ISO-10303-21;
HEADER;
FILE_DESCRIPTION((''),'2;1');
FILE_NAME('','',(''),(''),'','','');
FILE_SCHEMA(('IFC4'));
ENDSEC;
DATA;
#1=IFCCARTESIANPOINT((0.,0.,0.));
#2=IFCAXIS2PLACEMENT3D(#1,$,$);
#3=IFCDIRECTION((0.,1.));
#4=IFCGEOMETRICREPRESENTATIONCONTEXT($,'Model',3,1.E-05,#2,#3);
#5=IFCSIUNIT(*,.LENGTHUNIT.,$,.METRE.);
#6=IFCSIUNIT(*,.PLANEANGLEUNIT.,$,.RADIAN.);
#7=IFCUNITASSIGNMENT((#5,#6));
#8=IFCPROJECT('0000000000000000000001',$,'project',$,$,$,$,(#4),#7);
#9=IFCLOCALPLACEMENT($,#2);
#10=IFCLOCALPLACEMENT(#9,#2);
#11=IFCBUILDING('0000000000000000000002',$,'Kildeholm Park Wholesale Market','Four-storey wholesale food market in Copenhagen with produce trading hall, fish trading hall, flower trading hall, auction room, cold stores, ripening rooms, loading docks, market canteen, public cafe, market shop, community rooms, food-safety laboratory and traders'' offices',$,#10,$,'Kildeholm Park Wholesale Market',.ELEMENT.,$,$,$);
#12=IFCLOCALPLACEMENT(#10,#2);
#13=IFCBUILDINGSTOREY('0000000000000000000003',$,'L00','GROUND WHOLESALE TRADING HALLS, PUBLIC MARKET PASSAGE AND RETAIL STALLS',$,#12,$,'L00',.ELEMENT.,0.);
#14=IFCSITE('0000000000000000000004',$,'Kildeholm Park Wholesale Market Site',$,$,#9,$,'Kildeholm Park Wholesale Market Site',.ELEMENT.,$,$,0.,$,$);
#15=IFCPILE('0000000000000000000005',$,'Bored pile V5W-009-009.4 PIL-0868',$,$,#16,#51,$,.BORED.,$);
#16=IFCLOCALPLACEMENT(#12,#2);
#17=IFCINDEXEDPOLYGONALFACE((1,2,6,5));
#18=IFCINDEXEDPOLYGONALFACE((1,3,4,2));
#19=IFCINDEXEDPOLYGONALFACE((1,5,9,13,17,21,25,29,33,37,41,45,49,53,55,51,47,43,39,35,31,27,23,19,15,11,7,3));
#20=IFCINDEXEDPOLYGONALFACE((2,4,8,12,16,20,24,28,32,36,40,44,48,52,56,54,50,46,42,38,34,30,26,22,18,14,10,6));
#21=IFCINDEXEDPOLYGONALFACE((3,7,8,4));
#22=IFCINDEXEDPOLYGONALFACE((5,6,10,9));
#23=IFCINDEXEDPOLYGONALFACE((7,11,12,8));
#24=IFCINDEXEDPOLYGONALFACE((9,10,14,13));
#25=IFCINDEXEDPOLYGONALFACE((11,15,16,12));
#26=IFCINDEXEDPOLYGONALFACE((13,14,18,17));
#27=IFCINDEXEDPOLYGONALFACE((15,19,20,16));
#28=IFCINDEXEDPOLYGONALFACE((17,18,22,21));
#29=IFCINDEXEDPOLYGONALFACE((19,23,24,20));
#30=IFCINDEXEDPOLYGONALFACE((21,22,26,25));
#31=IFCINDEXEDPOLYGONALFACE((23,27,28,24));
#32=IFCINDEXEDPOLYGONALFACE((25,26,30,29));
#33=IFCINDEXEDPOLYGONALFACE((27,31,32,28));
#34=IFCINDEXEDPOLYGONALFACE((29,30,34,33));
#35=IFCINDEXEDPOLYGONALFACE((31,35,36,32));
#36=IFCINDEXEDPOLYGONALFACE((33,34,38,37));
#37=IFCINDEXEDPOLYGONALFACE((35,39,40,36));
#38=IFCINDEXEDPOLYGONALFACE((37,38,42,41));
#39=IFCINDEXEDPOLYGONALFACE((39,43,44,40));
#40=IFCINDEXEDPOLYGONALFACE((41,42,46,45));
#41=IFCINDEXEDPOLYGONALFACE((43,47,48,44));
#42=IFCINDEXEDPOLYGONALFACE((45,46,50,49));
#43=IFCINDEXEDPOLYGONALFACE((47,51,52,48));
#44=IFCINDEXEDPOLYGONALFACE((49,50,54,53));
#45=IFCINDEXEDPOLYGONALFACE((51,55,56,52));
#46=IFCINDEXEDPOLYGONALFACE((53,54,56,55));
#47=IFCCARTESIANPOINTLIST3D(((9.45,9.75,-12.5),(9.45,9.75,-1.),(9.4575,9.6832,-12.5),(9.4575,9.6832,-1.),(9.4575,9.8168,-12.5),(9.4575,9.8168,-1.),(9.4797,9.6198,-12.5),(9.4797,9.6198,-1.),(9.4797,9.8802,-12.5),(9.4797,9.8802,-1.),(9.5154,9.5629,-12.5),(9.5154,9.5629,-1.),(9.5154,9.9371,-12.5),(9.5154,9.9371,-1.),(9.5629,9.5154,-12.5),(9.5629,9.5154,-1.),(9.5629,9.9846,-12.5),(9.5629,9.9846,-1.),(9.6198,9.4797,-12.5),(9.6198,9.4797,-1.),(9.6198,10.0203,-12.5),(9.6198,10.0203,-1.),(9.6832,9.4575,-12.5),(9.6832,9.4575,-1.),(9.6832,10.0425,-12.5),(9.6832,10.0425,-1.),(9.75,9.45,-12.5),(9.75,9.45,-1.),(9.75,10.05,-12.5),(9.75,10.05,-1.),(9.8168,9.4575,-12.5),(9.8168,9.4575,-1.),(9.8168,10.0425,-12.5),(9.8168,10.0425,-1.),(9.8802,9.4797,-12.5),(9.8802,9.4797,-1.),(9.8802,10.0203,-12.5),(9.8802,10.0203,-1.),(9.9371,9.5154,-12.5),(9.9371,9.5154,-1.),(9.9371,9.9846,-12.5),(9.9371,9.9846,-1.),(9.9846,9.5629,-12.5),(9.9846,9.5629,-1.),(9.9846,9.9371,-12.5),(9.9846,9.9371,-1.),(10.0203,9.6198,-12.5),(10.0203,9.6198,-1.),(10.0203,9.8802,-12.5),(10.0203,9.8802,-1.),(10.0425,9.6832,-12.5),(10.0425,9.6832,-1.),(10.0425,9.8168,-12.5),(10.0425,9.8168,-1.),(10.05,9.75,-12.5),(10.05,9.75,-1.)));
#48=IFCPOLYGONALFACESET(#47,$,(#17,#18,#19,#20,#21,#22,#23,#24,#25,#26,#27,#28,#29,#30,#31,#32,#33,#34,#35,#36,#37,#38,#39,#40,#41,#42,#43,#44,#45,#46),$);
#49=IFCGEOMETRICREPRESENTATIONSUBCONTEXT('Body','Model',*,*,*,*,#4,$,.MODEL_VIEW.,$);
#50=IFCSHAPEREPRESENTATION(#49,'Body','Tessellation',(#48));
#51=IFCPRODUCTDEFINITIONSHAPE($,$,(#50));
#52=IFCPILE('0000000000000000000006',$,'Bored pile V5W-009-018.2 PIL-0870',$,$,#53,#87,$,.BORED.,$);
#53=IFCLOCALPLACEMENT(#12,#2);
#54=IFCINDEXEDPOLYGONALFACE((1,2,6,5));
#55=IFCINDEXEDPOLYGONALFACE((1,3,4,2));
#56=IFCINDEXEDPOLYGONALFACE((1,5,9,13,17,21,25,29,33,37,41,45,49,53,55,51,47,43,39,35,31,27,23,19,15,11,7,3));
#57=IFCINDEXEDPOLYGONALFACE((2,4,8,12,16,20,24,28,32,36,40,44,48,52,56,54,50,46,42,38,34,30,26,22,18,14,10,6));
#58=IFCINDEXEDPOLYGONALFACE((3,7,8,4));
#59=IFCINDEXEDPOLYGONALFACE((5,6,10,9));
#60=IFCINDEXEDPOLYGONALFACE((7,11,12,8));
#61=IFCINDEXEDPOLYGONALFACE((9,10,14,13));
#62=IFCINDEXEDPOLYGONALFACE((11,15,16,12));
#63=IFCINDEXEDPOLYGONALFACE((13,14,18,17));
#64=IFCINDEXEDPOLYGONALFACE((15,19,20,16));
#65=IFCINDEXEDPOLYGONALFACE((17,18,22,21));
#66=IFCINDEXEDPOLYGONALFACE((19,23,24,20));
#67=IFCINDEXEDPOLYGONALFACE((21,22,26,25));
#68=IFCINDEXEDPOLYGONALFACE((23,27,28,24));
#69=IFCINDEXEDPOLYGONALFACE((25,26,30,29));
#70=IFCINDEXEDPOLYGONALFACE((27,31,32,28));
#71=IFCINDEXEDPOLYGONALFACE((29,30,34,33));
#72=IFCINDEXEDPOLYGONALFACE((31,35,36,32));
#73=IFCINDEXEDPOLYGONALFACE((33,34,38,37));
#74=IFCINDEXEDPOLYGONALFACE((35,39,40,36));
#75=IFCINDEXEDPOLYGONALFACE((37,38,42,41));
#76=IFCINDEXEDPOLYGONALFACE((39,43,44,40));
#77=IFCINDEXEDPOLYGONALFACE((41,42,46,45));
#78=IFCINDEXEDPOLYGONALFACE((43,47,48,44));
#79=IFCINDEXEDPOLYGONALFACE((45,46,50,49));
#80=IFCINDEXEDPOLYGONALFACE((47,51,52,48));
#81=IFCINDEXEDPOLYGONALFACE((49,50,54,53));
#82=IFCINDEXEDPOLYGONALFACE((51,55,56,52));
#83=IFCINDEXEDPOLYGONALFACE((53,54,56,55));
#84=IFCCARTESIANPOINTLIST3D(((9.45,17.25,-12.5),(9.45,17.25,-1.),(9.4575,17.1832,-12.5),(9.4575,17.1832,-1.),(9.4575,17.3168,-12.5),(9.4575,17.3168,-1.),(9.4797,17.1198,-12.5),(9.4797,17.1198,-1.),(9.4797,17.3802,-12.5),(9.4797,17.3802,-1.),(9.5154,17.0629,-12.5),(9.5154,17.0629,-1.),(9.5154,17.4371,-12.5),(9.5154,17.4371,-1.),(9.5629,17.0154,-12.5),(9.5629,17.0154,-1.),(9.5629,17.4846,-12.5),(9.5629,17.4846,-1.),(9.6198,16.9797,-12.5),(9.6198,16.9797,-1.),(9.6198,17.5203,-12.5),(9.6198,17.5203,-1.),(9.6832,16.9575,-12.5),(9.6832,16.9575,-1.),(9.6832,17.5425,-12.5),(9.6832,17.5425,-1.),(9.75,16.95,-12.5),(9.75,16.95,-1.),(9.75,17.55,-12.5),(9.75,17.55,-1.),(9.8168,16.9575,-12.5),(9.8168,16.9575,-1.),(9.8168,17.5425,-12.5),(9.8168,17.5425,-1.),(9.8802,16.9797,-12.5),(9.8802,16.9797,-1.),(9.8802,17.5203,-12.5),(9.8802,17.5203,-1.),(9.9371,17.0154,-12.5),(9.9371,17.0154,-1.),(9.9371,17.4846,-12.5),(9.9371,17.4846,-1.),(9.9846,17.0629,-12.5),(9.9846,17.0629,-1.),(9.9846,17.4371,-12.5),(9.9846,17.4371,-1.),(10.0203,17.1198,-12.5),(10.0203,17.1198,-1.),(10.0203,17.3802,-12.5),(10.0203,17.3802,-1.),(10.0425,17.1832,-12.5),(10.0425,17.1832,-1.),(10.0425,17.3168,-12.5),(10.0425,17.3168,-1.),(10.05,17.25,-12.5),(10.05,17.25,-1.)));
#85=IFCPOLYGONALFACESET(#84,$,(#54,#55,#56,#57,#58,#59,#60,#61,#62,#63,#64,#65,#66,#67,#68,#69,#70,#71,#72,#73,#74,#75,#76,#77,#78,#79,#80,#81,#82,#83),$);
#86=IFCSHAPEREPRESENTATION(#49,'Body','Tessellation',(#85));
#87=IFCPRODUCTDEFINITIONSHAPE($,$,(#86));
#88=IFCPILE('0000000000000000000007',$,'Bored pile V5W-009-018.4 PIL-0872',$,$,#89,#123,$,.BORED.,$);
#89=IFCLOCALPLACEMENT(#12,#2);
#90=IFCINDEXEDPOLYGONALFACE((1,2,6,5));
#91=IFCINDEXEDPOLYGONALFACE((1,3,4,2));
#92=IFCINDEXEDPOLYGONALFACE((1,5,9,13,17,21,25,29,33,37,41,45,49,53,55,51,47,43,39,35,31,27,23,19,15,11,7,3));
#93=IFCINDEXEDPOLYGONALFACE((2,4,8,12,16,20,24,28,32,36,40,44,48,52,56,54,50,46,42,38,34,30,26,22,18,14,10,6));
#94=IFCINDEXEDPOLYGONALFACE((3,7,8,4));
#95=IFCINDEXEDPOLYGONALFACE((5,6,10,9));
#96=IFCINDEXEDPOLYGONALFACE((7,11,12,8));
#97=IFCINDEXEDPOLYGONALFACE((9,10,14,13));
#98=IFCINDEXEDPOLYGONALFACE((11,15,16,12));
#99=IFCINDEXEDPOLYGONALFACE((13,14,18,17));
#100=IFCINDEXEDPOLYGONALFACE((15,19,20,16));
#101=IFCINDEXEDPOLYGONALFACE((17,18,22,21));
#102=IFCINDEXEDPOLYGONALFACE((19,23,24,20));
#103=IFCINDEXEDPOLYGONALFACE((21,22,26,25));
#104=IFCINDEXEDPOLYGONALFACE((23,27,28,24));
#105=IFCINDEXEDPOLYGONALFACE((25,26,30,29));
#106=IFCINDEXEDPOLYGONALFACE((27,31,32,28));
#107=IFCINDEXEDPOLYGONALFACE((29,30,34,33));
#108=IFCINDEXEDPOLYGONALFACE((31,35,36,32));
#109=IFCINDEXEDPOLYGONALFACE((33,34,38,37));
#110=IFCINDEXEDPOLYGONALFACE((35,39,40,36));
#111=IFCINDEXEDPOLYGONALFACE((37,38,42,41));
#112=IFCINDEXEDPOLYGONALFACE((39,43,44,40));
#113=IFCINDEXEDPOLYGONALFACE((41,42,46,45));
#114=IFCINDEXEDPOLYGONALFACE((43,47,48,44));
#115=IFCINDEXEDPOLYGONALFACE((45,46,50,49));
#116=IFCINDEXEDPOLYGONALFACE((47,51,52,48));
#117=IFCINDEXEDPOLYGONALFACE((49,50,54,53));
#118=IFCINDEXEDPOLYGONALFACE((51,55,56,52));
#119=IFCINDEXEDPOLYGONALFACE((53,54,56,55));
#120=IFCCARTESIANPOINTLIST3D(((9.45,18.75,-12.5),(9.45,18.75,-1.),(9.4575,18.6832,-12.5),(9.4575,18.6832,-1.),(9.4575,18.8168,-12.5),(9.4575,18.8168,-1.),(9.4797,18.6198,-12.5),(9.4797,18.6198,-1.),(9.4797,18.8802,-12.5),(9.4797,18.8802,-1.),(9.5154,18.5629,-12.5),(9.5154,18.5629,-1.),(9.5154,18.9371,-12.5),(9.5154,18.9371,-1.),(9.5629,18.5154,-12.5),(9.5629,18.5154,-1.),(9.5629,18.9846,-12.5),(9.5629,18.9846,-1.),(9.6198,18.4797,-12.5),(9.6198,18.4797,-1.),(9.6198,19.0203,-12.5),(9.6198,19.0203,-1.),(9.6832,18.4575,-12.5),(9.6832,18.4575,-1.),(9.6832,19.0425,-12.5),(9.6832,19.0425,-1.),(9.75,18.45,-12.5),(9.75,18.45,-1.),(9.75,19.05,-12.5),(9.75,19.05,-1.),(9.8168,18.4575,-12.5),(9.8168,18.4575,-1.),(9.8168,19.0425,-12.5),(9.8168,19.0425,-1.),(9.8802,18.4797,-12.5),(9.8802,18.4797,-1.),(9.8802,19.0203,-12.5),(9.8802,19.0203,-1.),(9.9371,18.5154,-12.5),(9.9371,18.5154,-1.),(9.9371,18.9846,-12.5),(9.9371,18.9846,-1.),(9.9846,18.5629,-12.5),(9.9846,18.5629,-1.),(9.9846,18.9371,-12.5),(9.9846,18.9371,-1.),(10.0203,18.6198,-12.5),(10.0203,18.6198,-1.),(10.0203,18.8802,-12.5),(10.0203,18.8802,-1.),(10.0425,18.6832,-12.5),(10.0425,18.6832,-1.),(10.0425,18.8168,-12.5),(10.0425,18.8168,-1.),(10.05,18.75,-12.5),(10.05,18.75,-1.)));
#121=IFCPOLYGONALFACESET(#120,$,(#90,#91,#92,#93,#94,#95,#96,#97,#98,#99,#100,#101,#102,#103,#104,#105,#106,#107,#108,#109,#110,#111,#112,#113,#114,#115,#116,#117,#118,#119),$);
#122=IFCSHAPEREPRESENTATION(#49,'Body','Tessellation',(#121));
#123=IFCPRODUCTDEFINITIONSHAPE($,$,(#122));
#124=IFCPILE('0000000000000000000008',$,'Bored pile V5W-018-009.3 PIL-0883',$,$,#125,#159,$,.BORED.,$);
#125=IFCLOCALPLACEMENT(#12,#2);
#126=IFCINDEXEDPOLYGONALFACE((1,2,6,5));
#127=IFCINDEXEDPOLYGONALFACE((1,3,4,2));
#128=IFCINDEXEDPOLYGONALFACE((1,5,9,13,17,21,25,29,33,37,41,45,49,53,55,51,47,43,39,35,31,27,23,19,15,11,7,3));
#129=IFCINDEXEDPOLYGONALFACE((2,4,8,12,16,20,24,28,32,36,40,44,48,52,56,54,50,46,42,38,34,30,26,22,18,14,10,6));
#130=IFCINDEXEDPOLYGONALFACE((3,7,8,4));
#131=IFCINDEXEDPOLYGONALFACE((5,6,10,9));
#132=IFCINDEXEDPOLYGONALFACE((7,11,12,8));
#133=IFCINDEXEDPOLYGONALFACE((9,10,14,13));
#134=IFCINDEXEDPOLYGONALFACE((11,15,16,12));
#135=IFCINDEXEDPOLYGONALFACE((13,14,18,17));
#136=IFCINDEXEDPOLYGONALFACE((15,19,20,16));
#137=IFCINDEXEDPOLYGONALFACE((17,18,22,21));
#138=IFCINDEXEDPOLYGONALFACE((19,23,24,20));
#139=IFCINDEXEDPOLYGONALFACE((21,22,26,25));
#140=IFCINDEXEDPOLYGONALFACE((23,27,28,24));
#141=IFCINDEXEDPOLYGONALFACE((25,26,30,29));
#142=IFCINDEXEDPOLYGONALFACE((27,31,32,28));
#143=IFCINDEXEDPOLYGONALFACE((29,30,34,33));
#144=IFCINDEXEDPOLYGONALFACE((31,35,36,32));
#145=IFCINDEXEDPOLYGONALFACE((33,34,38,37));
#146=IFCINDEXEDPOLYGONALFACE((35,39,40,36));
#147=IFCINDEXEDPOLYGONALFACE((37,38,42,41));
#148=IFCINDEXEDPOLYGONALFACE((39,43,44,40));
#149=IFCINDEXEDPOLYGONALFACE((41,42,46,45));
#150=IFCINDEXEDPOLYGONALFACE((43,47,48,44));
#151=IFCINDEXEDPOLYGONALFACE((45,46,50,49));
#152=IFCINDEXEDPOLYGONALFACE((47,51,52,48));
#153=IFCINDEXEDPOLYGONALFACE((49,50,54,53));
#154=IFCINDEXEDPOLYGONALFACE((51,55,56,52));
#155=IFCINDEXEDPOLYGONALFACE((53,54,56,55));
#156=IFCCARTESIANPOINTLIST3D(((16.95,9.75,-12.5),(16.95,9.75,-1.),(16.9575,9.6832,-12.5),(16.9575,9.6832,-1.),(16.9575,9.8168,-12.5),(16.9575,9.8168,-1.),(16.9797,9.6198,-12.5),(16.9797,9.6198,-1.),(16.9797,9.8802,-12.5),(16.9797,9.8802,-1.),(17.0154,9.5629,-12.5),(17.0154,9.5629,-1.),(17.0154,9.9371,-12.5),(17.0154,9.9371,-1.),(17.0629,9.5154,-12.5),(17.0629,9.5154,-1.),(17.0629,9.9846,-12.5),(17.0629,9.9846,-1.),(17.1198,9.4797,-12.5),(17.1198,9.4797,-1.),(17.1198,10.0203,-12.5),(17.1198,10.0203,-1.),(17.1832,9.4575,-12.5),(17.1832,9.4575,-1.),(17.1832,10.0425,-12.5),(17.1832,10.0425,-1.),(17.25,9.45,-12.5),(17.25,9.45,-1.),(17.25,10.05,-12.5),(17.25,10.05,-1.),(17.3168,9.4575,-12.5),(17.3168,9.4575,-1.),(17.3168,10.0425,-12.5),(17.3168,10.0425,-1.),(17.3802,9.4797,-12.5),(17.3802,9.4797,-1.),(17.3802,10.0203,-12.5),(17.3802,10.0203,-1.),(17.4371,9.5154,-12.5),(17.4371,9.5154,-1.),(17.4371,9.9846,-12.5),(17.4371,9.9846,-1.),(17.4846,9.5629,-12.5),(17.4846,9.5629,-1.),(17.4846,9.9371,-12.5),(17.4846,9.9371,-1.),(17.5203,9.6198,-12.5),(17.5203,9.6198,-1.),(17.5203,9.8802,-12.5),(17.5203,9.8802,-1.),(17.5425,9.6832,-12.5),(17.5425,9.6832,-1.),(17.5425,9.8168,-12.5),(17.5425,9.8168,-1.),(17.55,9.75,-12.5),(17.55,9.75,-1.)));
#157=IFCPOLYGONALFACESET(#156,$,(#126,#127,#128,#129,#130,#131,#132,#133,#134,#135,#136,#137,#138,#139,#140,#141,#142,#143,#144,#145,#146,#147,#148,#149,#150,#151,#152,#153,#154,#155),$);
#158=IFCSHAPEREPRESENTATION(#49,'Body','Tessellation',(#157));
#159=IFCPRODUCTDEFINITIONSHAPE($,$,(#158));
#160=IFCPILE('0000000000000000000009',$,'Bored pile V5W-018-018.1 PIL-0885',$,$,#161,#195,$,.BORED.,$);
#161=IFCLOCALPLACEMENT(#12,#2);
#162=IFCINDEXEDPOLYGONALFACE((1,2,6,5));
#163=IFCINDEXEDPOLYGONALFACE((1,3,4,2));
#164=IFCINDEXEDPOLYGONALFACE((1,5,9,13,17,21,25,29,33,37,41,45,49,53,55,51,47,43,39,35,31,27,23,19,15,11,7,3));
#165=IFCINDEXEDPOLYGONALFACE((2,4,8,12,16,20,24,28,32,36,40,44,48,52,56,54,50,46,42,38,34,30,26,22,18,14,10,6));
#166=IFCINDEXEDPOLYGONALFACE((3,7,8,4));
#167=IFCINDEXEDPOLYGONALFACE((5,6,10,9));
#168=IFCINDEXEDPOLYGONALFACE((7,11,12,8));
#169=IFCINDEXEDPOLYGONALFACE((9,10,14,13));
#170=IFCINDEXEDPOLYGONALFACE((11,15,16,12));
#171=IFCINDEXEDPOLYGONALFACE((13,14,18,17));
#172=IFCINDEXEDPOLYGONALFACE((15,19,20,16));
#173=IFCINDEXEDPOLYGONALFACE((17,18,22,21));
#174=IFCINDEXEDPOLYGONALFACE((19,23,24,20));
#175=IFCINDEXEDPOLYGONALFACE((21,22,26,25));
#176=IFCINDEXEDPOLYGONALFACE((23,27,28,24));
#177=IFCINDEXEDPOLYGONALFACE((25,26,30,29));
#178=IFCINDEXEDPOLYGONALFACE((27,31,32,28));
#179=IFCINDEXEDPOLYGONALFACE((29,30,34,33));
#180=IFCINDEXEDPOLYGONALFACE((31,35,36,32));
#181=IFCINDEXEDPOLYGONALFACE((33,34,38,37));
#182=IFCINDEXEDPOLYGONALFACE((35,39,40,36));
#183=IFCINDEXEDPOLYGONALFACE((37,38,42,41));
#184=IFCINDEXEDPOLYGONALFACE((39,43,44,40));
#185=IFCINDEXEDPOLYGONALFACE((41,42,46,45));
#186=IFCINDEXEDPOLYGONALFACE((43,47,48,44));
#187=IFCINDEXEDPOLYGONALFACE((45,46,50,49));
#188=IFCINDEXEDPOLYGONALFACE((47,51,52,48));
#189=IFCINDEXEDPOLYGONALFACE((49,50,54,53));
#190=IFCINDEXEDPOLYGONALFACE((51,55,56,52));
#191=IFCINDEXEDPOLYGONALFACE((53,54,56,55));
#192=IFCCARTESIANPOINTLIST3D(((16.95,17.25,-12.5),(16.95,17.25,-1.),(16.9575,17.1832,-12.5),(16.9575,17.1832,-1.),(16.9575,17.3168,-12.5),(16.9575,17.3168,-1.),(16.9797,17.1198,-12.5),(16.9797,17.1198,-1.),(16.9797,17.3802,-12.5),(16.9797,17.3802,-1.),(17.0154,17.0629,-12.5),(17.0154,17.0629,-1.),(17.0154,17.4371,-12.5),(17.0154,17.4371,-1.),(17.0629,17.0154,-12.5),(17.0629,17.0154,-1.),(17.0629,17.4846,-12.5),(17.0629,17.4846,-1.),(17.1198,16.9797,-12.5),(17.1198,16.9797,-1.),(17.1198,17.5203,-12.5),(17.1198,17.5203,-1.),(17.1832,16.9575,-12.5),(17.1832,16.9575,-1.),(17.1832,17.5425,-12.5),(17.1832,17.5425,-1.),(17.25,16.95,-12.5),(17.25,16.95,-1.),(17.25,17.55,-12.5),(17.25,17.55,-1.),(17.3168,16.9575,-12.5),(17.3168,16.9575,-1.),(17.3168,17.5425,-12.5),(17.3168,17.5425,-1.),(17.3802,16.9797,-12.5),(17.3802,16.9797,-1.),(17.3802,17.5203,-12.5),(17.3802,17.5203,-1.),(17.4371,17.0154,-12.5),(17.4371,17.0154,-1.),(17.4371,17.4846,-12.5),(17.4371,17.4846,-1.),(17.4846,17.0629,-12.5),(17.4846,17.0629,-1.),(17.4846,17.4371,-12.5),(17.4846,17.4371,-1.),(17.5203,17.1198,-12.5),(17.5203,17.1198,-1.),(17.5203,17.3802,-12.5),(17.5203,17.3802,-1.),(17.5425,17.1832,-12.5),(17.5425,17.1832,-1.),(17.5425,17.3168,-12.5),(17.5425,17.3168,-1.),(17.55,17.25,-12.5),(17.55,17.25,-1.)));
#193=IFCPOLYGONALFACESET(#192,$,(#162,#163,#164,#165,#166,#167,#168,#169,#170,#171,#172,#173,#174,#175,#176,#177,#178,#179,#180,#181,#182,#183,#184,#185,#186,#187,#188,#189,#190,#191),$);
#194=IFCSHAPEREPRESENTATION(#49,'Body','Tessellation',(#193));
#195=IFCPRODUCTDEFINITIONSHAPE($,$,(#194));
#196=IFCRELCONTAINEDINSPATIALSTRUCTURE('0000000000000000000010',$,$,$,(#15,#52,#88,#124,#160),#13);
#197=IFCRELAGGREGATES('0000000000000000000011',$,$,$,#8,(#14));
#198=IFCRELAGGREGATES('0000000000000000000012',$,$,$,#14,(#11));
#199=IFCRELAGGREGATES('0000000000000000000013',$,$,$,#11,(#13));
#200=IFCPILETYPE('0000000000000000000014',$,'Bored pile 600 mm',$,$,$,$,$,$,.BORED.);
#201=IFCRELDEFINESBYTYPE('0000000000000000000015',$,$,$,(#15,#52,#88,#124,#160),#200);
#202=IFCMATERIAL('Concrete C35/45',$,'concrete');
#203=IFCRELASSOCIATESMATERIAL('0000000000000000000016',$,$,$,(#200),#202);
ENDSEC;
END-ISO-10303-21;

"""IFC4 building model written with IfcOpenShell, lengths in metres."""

from ifc_helpers import new_model, si_unit, direction, frame, origin, origin_2d, place, context, subcontext, project, spatial, circle, extrude, material, material_profile, profile_set, type_object, element, save


model = new_model("IFC4")

# Units and contexts
model_context = context("Model", 3, precision=1e-05, world=origin(), true_north=direction((0.0, 1.0)))
body_context = subcontext(model_context, "Body", "Model", "MODEL_VIEW")
ifc_project = project(units=[si_unit("LENGTHUNIT", "METRE"), si_unit("PLANEANGLEUNIT", "RADIAN")], contexts=[model_context])

# Site, building, storey
site_placement = place(None, origin())
site = spatial("IfcSite", under=ifc_project, at=site_placement, Name="Kildeholm Park Wholesale Market Site", LongName="Kildeholm Park Wholesale Market Site", CompositionType="ELEMENT", RefElevation=0.0)
building_placement = place(site_placement, origin())
building = spatial("IfcBuilding", under=site, at=building_placement, Name="Kildeholm Park Wholesale Market", Description="Four-storey wholesale food market in Copenhagen with produce trading hall, fish trading hall, flower trading hall, auction room, cold stores, ripening rooms, loading docks, market canteen, public cafe, market shop, community rooms, food-safety laboratory and traders' offices", LongName="Kildeholm Park Wholesale Market", CompositionType="ELEMENT")
storey_placement = place(building_placement, origin())
storey = spatial("IfcBuildingStorey", under=building, at=storey_placement, Name="L00", Description="GROUND WHOLESALE TRADING HALLS, PUBLIC MARKET PASSAGE AND RETAIL STALLS", LongName="L00", CompositionType="ELEMENT", Elevation=0.0)

# Piles
ifc_material_1 = material(Name="Concrete C35/45", Category="concrete")
ifc_material_profile_1 = material_profile(ifc_material_1, circle(Radius=0.3, at=origin_2d()), Name="PILE D600")
ifc_profile_set_1 = profile_set([ifc_material_profile_1], Name="Concrete C35/45")
pile_type = type_object("IfcPileType", Name="Bored pile 600 mm", PredefinedType="BORED", material=ifc_profile_set_1)
for number, where, z_axis, x_axis, name in (
    (1, (9.75, 9.75, -1.0), (0.0, 0.0, -1.0), (1.0, 0.0, 0.0), "Bored pile V5W-009-009.4 PIL-0868"),
    (2, (9.75, 17.25, -1.0), (0.0, 0.0, -1.0), (1.0, 0.0, 0.0), "Bored pile V5W-009-018.2 PIL-0870"),
    (3, (9.75, 18.75, -1.0), (0.0, 0.0, -1.0), (1.0, 0.0, 0.0), "Bored pile V5W-009-018.4 PIL-0872"),
    (4, (17.25, 9.75, -1.0), (0.0, 0.0, -1.0), (1.0, 0.0, 0.0), "Bored pile V5W-018-009.3 PIL-0883"),
    (5, (17.25, 17.25, -1.0), (0.0, 0.0, -1.0), (1.0, 0.0, 0.0), "Bored pile V5W-018-018.1 PIL-0885"),
):
    element("IfcPile", number, at=place(storey_placement, frame(where, z_axis=z_axis, x_axis=x_axis)), inside=storey, type_object=pile_type, Name=name, PredefinedType="BORED", context=body_context, shape_type="SweptSolid", body=[
        extrude(circle(Radius=0.3, at=origin_2d()), origin(), (0.0, 0.0, 1.0), 11.5),
    ])

save(model, "model.ifc")
